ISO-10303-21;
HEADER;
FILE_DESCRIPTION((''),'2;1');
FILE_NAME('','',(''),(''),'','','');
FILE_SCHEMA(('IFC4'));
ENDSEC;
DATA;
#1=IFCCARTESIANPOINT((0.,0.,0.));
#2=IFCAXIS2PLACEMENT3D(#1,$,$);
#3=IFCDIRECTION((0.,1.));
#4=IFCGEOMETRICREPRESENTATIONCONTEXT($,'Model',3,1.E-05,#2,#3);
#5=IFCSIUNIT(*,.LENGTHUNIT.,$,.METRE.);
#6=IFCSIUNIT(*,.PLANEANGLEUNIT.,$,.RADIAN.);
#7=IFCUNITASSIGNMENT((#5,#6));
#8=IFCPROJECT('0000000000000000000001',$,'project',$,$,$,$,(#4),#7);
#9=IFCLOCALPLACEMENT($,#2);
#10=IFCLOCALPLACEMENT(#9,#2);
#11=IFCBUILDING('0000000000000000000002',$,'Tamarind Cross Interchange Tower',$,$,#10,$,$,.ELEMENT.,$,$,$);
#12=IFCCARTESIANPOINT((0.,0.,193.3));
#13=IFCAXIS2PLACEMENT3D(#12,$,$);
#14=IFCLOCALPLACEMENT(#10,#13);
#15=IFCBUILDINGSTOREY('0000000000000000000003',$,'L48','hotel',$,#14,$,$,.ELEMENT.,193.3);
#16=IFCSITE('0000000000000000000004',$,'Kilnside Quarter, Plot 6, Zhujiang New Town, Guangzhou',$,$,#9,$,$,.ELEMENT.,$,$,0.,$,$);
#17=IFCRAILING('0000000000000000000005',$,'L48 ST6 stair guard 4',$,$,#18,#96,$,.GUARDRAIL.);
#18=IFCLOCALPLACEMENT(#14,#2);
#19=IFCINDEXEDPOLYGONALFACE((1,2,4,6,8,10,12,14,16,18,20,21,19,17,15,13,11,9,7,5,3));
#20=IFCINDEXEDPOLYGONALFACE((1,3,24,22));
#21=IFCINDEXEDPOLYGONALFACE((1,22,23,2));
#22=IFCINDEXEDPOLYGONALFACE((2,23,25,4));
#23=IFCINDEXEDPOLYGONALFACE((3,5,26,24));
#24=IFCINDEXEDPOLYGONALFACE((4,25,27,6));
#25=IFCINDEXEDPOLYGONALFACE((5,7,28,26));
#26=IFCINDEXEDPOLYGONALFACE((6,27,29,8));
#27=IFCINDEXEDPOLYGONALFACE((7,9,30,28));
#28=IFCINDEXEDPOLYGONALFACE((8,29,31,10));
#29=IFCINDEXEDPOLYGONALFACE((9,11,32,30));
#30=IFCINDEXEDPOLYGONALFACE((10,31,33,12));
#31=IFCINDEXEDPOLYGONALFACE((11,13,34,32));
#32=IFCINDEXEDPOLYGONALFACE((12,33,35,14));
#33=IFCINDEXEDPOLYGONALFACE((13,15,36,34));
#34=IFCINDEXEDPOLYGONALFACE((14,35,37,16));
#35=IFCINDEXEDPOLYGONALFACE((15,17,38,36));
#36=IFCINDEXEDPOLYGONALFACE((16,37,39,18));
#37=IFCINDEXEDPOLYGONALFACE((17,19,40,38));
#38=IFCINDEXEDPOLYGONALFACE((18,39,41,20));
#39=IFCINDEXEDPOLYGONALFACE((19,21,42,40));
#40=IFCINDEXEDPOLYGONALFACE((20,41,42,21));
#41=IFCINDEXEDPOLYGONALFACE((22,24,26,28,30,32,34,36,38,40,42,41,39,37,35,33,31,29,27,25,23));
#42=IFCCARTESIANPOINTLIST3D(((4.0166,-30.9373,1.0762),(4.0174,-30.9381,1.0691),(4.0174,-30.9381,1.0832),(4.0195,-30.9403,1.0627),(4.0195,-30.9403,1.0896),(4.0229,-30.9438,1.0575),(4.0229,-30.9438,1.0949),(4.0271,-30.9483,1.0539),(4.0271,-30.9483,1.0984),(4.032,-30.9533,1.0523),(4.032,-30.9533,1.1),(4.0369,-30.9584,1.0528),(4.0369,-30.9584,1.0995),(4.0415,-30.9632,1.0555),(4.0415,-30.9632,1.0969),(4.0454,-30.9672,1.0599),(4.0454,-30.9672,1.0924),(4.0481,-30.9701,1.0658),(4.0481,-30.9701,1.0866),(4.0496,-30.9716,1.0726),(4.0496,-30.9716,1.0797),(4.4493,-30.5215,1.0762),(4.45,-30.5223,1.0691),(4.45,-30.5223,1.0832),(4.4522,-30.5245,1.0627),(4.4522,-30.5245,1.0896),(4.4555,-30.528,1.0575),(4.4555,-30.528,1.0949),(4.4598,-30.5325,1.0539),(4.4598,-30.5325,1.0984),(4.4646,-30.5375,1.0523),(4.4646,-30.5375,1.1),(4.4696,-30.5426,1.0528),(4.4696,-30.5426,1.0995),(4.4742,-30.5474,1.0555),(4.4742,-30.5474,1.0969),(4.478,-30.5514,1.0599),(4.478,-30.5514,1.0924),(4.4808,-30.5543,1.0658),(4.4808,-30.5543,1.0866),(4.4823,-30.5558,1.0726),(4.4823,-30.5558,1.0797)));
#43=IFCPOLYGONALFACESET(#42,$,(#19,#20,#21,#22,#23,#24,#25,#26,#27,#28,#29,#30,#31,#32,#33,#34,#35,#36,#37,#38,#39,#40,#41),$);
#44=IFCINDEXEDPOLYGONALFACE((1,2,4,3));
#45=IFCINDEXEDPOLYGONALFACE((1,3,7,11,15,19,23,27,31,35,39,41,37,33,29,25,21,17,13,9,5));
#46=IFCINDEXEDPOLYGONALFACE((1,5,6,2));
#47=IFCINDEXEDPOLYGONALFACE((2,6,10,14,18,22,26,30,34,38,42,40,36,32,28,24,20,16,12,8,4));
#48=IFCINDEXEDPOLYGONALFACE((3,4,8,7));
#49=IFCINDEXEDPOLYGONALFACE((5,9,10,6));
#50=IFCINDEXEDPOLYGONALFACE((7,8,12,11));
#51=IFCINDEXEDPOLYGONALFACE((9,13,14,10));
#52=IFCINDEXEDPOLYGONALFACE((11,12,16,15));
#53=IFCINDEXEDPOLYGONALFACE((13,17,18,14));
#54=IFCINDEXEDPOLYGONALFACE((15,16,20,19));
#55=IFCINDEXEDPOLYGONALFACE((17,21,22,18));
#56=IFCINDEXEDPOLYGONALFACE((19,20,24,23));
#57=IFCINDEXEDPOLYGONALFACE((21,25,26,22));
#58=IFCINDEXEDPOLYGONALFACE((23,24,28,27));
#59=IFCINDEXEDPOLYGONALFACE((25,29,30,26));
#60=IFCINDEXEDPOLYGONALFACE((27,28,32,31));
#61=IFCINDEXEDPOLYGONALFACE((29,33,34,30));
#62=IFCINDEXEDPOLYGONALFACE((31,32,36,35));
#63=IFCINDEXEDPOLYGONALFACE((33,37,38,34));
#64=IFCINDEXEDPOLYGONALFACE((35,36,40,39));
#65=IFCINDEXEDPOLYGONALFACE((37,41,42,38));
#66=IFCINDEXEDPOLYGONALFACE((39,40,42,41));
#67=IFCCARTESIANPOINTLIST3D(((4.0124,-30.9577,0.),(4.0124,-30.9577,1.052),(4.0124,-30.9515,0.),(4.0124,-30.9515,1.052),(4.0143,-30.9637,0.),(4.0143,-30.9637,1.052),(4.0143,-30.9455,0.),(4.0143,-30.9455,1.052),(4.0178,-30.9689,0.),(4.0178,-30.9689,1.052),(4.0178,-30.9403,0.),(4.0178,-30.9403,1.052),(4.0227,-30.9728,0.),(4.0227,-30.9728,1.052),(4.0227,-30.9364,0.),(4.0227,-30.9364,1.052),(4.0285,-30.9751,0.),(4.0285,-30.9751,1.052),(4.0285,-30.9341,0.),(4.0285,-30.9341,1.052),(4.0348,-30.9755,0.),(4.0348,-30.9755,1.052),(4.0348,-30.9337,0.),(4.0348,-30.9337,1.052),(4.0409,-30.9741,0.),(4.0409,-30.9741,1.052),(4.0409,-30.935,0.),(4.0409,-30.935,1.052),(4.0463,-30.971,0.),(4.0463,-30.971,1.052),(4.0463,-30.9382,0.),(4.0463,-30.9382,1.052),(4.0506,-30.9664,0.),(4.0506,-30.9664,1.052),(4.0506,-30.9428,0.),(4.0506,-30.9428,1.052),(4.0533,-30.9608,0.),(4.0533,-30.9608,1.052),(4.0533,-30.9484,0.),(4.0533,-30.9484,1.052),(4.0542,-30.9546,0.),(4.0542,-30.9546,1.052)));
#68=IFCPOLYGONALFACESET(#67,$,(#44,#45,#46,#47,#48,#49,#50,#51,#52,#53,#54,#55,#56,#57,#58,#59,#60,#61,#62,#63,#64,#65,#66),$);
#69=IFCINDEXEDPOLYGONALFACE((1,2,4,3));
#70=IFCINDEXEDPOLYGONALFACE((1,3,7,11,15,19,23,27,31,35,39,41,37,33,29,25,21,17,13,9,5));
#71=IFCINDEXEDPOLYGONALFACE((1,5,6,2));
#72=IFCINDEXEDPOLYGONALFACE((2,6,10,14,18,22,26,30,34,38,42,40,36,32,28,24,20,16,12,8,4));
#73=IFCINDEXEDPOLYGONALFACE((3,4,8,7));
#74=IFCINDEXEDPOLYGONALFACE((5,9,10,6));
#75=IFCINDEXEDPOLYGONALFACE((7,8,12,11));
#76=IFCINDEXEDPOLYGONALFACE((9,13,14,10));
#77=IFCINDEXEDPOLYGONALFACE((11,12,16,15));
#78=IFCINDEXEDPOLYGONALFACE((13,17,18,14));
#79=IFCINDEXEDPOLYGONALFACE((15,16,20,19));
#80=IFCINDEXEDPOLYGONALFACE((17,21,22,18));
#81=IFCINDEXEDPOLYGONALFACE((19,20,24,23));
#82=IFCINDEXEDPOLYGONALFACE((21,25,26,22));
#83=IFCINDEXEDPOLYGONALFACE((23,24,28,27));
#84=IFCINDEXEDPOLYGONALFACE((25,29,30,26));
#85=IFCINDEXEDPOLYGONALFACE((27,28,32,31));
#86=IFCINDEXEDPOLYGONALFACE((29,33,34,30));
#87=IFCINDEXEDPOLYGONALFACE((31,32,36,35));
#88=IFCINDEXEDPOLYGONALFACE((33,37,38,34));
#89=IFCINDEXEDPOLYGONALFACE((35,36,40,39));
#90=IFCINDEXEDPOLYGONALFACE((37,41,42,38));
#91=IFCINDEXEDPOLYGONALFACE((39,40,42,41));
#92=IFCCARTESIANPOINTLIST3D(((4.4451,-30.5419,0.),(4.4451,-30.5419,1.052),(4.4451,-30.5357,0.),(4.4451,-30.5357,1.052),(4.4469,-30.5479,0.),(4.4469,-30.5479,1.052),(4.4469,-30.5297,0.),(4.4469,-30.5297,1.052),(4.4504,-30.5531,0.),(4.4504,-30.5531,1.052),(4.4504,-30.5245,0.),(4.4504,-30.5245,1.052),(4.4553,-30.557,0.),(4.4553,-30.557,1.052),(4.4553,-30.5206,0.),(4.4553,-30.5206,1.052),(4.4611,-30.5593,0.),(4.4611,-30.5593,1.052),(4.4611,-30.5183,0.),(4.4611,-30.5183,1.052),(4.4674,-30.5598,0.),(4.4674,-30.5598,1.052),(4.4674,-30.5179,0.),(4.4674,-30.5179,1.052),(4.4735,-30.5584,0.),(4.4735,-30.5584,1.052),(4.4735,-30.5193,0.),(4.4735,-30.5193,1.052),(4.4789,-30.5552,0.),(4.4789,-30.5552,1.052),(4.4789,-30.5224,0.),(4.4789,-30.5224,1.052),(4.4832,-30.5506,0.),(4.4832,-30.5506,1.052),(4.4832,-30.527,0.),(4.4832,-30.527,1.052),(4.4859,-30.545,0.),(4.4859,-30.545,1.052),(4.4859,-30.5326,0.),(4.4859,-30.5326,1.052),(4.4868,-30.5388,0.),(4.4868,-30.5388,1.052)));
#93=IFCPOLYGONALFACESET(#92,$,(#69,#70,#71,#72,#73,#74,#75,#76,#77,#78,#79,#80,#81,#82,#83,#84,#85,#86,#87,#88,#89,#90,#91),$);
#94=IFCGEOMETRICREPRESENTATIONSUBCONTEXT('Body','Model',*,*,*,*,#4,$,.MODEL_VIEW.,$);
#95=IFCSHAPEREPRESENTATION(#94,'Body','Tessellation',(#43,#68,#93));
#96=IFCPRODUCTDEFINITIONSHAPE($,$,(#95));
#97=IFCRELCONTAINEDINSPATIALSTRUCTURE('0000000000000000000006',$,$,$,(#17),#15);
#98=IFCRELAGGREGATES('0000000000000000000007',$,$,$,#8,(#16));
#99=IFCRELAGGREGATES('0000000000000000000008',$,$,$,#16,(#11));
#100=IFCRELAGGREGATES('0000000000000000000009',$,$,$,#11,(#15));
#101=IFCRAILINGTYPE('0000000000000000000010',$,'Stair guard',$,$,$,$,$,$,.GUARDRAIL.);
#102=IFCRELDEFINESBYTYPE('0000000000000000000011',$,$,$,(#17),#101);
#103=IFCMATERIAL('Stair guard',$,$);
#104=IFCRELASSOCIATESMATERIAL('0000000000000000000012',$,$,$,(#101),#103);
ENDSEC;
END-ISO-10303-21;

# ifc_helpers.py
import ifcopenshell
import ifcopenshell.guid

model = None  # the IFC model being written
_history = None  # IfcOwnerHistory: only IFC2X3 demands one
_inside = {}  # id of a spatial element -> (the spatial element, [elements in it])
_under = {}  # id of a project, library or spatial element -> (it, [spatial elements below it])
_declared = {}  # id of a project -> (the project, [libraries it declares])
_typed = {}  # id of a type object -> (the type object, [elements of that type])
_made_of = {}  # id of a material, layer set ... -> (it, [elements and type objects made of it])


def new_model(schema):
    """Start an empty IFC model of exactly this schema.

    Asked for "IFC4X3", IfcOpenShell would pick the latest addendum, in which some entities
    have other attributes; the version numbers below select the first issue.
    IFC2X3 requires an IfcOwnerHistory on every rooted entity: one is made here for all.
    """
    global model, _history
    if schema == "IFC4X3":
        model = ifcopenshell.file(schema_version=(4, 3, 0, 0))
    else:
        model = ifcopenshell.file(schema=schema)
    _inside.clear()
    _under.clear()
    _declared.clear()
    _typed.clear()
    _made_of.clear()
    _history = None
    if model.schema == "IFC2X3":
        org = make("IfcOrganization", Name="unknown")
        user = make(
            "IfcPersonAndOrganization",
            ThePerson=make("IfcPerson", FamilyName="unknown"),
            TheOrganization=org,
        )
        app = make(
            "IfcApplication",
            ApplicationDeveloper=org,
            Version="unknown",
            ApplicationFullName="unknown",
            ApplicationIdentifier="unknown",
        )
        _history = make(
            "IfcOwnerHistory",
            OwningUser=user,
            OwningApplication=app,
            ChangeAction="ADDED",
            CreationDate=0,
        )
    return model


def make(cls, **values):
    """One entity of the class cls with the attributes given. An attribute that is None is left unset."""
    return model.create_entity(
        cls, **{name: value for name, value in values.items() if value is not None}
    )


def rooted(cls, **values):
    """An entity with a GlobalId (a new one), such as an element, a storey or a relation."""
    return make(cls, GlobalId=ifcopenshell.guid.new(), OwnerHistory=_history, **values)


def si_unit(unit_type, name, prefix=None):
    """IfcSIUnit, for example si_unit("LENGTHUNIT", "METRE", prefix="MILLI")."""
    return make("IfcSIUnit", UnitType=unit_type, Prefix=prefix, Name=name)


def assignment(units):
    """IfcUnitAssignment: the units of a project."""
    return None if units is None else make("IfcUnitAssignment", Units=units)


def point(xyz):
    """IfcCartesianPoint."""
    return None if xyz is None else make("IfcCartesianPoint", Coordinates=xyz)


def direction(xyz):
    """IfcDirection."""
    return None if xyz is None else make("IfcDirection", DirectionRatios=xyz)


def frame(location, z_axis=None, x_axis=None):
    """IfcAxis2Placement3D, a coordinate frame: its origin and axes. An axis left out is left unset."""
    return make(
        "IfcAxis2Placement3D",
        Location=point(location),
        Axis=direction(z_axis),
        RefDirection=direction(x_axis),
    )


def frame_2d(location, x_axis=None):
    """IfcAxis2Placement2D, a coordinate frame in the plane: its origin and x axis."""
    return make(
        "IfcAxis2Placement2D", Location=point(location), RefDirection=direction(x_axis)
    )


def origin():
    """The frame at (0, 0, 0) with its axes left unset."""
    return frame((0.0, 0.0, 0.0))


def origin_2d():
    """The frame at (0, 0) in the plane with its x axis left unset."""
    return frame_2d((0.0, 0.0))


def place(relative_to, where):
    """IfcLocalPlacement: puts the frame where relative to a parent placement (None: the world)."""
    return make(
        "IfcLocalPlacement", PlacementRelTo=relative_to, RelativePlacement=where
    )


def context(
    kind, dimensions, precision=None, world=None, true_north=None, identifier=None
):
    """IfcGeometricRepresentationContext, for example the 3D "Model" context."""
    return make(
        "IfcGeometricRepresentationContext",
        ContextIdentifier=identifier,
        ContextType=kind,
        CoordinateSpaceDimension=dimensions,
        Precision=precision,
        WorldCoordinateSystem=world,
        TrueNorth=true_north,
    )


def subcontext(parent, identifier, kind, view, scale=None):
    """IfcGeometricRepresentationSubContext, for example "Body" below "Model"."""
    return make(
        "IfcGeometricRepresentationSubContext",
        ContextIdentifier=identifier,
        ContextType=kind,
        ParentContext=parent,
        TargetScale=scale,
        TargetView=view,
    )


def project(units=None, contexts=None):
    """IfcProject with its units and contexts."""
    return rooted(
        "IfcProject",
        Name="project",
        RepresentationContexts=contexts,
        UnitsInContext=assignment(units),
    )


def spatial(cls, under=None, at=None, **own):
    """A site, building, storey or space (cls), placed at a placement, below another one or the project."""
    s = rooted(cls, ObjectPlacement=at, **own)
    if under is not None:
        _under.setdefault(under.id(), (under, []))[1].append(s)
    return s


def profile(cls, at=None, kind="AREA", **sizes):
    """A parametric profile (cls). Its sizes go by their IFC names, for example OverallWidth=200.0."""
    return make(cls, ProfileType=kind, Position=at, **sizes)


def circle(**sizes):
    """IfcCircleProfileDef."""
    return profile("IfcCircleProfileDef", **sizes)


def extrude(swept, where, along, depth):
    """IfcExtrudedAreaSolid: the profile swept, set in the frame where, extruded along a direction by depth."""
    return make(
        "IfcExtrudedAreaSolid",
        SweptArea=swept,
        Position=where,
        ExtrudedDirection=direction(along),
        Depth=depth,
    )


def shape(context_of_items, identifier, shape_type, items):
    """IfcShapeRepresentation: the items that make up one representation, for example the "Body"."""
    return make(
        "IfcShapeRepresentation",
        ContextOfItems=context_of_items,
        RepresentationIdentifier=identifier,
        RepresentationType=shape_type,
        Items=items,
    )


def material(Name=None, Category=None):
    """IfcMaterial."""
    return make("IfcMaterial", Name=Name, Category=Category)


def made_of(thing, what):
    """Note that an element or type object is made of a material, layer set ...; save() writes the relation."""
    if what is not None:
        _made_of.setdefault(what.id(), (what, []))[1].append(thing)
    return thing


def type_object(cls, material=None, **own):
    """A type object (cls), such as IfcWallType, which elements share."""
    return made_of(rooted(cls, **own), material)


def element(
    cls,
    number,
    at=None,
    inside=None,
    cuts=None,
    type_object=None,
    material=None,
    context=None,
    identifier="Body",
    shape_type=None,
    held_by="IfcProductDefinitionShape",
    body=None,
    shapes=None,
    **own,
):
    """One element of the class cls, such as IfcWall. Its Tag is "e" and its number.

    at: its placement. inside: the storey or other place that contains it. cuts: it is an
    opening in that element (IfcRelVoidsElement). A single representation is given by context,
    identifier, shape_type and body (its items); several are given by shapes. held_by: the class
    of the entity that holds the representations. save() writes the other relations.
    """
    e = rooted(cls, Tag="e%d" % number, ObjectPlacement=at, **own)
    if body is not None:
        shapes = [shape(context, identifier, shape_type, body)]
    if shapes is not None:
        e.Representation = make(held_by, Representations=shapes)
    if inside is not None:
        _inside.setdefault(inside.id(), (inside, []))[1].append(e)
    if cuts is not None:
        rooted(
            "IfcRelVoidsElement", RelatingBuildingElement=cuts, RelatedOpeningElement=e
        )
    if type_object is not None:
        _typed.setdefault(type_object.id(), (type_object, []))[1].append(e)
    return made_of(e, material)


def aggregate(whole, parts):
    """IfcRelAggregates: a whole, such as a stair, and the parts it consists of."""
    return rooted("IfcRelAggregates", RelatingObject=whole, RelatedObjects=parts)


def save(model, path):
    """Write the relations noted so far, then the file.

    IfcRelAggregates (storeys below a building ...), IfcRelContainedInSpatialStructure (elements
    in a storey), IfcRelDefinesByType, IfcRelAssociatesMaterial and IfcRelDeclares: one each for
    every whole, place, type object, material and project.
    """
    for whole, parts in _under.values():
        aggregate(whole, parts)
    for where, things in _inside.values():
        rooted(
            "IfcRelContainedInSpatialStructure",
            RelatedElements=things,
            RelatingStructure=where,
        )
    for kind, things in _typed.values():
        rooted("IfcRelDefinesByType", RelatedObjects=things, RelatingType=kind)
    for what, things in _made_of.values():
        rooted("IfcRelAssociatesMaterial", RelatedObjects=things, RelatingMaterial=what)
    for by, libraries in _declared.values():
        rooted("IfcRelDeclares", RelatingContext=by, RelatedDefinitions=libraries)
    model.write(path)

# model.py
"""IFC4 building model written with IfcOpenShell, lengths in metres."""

from ifc_helpers import new_model, si_unit, direction, frame, origin, origin_2d, place, context, subcontext, project, spatial, circle, extrude, material, type_object, element, save


model = new_model("IFC4")

# Units and contexts
model_context = context("Model", 3, precision=1e-05, world=origin(), true_north=direction((0.0, 1.0)))
body_context = subcontext(model_context, "Body", "Model", "MODEL_VIEW")
ifc_project = project(units=[si_unit("LENGTHUNIT", "METRE"), si_unit("PLANEANGLEUNIT", "RADIAN")], contexts=[model_context])

# Site, building, storey
site_placement = place(None, origin())
site = spatial("IfcSite", under=ifc_project, at=site_placement, Name="Kilnside Quarter, Plot 6, Zhujiang New Town, Guangzhou", CompositionType="ELEMENT", RefElevation=0.0)
building_placement = place(site_placement, origin())
building = spatial("IfcBuilding", under=site, at=building_placement, Name="Tamarind Cross Interchange Tower", CompositionType="ELEMENT")
storey_placement = place(building_placement, frame((0.0, 0.0, 193.3)))
storey = spatial("IfcBuildingStorey", under=building, at=storey_placement, Name="L48", Description="hotel", CompositionType="ELEMENT", Elevation=193.3)

# Railing
ifc_material_1 = material(Name="Stair guard")
railing_type = type_object("IfcRailingType", Name="Stair guard", PredefinedType="GUARDRAIL", material=ifc_material_1)
railing_1_placement = place(storey_placement, frame((4.0332, -30.9546, 0.0)))
element("IfcRailing", 1, at=railing_1_placement, inside=storey, type_object=railing_type, Name="L48 ST6 stair guard 4", PredefinedType="GUARDRAIL", context=body_context, shape_type="SweptSolid", body=[
    extrude(circle(Radius=0.0239, at=origin_2d()), frame((0.0, 0.0, 1.0762), z_axis=(0.721005, 0.69293, 0.0), x_axis=(-0.69293, 0.721005, 0.0)), (0.0, 0.0, 1.0), 0.6001),
    extrude(circle(Radius=0.021, at=origin_2d()), origin(), (0.0, 0.0, 1.0), 1.052),
    extrude(circle(Radius=0.021, at=origin_2d()), frame((0.4326, 0.4158, 0.0)), (0.0, 0.0, 1.0), 1.052),
])

save(model, "model.ifc")
